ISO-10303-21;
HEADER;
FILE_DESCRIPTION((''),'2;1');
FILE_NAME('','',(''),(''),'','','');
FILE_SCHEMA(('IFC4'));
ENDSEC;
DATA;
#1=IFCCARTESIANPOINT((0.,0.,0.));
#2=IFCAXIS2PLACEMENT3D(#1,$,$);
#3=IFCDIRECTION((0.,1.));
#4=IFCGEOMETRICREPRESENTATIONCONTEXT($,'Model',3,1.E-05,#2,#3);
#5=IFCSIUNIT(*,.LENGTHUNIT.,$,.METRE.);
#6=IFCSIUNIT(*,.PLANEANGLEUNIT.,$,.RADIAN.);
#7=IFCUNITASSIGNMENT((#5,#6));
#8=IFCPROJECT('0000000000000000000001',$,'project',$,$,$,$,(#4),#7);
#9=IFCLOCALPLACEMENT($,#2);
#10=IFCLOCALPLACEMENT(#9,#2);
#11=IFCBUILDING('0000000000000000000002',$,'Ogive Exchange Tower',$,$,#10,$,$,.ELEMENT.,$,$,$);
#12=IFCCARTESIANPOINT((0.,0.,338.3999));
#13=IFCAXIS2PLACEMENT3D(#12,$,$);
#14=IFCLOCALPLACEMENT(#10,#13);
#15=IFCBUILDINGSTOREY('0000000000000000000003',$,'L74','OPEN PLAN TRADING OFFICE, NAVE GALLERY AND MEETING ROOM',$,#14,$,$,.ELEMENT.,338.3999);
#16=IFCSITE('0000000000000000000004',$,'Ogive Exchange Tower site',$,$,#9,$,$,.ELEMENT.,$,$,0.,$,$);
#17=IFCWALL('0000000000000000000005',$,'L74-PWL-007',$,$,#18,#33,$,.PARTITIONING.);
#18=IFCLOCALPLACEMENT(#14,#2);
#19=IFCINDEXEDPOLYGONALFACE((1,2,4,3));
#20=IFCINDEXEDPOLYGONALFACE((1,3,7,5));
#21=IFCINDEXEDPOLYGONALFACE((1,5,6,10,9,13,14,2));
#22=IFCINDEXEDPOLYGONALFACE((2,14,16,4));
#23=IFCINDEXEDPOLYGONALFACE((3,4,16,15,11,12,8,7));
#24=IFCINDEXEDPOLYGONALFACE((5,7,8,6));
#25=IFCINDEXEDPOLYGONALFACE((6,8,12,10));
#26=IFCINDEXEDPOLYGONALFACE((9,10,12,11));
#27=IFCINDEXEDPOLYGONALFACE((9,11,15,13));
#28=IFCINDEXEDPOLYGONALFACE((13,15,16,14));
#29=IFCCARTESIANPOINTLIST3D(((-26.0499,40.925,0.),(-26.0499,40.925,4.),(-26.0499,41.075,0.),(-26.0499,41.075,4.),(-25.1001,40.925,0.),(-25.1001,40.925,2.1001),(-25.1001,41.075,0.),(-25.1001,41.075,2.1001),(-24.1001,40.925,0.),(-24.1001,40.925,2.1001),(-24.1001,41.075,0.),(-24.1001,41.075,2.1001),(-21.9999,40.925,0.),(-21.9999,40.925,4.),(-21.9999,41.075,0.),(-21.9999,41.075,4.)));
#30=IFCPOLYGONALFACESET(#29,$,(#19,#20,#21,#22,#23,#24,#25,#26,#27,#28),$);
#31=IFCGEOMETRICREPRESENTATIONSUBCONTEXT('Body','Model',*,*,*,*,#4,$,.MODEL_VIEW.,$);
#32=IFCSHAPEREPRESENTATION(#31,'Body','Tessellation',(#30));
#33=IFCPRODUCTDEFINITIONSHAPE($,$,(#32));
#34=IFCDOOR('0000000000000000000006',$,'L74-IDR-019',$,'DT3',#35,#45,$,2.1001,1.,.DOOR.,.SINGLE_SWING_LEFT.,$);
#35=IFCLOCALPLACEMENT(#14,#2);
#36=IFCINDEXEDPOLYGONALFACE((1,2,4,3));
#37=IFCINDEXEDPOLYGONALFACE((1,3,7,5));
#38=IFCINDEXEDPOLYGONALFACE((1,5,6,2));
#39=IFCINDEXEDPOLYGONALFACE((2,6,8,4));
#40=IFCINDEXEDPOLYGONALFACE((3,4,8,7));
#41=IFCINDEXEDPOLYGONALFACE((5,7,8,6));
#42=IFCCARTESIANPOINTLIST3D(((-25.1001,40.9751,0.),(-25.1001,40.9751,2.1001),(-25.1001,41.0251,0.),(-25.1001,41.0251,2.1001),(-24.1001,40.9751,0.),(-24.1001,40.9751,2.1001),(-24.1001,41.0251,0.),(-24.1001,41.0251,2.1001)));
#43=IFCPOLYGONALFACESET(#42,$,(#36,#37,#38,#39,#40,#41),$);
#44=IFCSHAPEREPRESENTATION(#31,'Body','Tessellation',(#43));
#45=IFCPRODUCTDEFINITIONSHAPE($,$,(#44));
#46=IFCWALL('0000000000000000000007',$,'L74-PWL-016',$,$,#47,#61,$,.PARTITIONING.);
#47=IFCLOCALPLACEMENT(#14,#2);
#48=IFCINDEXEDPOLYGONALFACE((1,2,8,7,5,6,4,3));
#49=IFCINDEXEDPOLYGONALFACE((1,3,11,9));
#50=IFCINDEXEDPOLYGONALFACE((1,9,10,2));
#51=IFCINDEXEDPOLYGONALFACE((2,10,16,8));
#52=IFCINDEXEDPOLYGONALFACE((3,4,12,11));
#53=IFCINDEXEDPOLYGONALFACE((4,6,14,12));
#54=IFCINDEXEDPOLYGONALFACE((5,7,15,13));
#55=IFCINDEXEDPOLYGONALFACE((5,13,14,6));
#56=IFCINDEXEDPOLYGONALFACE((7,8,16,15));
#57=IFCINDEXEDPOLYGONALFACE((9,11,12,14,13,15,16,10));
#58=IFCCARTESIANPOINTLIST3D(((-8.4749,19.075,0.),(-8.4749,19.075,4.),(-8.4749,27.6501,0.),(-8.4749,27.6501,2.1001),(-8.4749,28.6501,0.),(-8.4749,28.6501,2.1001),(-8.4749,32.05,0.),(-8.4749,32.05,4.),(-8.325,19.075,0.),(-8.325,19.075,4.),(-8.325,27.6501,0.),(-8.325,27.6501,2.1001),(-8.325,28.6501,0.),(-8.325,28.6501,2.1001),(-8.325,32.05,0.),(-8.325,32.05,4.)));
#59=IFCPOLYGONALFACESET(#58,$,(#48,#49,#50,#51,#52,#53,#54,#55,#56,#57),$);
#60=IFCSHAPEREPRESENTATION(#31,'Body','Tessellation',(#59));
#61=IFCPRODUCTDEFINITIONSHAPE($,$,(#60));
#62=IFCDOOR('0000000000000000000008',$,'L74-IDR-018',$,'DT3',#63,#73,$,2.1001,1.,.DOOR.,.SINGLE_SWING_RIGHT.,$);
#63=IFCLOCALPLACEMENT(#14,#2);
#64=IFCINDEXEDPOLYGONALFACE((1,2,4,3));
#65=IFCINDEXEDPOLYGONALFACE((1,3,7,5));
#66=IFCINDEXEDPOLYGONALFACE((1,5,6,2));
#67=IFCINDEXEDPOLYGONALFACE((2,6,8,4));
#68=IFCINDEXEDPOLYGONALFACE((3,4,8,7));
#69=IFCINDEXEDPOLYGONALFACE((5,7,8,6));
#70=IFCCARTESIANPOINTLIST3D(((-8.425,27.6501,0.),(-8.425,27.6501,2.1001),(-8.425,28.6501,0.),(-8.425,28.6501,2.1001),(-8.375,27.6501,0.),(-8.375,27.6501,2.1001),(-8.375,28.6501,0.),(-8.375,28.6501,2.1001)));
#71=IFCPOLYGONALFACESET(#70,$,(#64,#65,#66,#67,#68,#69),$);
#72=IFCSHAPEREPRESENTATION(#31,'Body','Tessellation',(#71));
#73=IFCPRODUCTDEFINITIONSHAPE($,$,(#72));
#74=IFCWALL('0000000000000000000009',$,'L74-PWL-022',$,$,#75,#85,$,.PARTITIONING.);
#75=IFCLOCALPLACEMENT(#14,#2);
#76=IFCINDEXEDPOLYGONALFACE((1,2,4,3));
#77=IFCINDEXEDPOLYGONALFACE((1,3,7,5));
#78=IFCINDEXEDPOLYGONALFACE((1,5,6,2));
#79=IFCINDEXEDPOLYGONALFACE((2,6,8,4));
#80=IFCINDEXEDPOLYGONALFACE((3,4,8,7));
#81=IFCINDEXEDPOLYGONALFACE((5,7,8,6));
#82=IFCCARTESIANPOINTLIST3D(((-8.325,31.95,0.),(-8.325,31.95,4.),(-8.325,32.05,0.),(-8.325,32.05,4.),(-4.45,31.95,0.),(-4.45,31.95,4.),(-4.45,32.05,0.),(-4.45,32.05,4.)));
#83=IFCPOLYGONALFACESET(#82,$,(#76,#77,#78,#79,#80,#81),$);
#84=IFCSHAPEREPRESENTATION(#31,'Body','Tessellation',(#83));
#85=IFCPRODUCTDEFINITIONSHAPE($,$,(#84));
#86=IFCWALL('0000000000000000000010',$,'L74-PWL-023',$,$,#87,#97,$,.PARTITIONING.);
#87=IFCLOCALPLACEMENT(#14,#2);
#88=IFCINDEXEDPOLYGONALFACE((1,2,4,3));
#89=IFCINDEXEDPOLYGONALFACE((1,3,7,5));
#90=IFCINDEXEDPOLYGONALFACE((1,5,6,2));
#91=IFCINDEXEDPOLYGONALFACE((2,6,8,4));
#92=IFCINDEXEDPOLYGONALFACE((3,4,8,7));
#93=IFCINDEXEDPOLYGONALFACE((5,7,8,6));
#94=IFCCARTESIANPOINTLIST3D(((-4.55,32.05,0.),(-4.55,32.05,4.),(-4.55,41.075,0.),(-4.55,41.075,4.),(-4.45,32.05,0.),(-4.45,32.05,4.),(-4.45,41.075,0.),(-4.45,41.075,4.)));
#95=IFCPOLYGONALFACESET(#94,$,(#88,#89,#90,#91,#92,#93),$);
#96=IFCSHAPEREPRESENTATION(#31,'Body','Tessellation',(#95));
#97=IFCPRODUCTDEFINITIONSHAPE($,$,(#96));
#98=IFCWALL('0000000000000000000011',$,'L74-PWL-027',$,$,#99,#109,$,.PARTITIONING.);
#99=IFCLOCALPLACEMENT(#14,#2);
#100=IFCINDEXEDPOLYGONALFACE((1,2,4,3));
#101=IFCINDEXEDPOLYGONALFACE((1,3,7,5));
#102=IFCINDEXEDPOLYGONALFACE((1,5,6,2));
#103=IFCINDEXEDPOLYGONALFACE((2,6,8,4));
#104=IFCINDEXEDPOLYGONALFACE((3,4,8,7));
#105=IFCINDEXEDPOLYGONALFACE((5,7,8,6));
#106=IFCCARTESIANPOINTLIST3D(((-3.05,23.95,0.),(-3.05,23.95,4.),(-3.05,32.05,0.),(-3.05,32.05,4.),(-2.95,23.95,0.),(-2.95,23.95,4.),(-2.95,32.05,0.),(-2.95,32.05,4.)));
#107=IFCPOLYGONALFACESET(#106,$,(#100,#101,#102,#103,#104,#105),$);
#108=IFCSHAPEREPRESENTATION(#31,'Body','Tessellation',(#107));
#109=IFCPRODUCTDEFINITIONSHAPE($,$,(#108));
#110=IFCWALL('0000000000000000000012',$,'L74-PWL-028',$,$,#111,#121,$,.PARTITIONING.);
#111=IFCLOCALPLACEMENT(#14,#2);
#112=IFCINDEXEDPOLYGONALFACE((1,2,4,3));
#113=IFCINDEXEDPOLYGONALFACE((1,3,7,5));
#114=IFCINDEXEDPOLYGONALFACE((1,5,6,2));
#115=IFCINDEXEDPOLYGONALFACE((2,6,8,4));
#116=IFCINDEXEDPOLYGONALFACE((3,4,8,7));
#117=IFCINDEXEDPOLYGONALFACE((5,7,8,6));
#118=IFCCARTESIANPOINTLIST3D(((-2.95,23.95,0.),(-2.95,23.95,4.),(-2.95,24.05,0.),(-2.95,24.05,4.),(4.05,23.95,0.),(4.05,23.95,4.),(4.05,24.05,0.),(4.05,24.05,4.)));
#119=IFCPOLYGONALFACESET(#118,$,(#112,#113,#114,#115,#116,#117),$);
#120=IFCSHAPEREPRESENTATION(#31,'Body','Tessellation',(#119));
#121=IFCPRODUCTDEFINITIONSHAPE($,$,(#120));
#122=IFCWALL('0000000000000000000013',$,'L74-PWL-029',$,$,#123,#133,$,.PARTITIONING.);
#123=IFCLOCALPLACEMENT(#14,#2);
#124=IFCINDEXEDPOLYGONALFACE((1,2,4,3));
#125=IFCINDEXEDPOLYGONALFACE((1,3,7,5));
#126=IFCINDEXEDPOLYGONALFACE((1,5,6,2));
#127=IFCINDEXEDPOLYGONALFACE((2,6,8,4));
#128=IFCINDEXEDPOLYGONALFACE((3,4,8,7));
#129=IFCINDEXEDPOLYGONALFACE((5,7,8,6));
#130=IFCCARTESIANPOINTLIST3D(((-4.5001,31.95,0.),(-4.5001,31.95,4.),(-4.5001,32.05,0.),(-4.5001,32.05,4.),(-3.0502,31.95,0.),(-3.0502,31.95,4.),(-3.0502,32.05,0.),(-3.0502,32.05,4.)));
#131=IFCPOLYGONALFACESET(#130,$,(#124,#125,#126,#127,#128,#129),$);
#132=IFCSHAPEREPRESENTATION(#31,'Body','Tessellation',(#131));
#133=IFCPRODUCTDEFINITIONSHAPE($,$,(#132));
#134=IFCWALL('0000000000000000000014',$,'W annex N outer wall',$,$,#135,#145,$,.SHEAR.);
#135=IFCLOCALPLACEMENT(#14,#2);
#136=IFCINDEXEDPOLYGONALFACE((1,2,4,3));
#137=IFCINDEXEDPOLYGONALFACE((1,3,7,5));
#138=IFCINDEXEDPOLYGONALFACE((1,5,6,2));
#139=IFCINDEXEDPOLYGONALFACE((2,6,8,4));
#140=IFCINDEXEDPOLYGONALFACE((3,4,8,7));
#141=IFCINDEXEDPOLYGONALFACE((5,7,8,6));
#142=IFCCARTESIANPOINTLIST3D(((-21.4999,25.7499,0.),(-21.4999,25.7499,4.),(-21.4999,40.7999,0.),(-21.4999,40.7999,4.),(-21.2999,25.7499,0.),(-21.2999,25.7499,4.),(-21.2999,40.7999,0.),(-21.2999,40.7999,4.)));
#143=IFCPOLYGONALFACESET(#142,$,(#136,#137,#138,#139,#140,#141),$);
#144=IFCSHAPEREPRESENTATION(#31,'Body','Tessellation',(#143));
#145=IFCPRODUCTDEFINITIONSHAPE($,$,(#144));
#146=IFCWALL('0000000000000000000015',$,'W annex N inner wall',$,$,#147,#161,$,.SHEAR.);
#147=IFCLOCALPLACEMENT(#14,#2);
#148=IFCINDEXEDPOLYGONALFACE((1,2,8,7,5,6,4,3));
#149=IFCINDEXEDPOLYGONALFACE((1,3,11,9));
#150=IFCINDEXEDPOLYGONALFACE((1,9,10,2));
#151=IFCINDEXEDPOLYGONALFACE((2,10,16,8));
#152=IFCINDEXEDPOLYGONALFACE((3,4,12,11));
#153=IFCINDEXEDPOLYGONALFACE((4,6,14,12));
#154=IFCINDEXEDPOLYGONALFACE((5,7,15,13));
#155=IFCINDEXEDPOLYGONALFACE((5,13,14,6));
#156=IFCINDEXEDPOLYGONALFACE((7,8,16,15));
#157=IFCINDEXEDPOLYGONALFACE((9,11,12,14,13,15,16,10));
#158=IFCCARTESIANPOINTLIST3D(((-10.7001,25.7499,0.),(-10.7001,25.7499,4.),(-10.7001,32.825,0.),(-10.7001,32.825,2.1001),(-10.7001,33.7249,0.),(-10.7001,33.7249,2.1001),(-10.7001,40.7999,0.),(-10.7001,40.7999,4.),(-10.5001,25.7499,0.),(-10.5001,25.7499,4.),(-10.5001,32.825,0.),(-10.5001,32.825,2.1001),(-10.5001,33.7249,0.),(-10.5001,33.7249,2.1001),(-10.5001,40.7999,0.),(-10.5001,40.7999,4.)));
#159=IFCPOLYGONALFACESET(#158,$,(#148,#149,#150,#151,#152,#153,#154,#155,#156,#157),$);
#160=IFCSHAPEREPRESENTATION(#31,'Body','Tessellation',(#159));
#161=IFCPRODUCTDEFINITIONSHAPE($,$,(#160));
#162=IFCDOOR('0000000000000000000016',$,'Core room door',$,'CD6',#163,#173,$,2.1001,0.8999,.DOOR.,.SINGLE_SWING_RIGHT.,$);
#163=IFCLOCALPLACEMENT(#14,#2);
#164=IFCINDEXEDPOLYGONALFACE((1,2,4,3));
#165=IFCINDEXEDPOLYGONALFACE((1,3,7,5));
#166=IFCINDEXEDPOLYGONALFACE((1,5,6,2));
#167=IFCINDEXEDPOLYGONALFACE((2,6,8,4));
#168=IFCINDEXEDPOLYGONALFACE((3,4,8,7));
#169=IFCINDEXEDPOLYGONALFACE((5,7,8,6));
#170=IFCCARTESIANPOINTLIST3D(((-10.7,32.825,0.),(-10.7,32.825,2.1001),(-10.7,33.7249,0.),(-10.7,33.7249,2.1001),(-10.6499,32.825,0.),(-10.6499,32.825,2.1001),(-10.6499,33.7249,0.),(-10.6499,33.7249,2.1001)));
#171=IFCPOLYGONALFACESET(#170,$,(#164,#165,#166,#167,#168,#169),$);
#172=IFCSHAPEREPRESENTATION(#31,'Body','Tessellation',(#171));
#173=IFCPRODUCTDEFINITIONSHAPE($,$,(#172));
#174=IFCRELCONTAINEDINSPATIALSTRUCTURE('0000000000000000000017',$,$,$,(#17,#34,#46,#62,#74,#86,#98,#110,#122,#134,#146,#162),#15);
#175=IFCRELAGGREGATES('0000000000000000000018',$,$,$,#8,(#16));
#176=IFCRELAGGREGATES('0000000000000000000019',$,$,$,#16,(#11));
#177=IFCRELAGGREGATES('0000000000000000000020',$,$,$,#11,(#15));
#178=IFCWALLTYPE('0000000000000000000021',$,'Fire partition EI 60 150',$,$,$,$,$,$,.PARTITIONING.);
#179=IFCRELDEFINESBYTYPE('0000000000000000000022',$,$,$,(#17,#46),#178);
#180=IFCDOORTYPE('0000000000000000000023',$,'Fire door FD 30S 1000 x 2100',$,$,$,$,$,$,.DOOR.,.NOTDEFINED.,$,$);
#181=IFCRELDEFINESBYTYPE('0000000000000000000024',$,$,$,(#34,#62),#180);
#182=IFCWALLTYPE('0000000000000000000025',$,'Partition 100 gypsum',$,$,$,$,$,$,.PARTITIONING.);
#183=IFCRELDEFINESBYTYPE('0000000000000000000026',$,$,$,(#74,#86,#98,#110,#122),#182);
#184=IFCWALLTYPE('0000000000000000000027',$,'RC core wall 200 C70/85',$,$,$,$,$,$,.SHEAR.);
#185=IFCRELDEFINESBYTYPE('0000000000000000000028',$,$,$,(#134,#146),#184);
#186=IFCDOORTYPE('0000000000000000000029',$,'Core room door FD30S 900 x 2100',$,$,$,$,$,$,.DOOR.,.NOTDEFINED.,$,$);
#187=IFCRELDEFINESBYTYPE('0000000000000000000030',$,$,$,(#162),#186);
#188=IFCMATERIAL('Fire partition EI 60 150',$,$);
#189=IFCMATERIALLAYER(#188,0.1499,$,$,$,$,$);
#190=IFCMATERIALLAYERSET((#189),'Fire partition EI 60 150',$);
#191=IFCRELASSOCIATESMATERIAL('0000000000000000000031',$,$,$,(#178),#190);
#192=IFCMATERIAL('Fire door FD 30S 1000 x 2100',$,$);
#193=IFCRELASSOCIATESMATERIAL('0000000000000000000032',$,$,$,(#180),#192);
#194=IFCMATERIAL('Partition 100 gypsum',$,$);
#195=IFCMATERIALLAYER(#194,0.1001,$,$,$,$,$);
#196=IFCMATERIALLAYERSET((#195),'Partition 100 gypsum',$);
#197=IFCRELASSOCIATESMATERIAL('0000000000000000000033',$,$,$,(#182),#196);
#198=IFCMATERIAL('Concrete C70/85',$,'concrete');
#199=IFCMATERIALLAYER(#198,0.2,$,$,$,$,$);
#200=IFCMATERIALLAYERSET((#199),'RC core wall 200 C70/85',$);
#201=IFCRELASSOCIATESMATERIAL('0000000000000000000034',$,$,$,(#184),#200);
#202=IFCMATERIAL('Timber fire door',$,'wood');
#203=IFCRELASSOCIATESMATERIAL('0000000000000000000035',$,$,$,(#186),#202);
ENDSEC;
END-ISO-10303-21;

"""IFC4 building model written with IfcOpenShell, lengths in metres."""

from ifc_helpers import new_model, si_unit, direction, frame, frame_2d, origin, place, context, subcontext, project, spatial, rectangle, extrude, material, layer, layer_set, type_object, element, fill, save


model = new_model("IFC4")

# Units and contexts
model_context = context("Model", 3, precision=1e-05, world=origin(), true_north=direction((0.0, 1.0)))
body_context = subcontext(model_context, "Body", "Model", "MODEL_VIEW")
ifc_project = project(units=[si_unit("LENGTHUNIT", "METRE"), si_unit("PLANEANGLEUNIT", "RADIAN")], contexts=[model_context])

# Site, building, storey
site_placement = place(None, origin())
site = spatial("IfcSite", under=ifc_project, at=site_placement, Name="Ogive Exchange Tower site", CompositionType="ELEMENT", RefElevation=0.0)
building_placement = place(site_placement, origin())
building = spatial("IfcBuilding", under=site, at=building_placement, Name="Ogive Exchange Tower", CompositionType="ELEMENT")
storey_placement = place(building_placement, frame((0.0, 0.0, 338.3999)))
storey = spatial("IfcBuildingStorey", under=building, at=storey_placement, Name="L74", Description="OPEN PLAN TRADING OFFICE, NAVE GALLERY AND MEETING ROOM", CompositionType="ELEMENT", Elevation=338.3999)

# Walls, openings, doors
ifc_material_1 = material(Name="Fire partition EI 60 150")
ifc_layer_1 = layer(ifc_material_1, 0.1499)
ifc_layer_set_1 = layer_set([ifc_layer_1], Name="Fire partition EI 60 150")
wall_type_1 = type_object("IfcWallType", Name="Fire partition EI 60 150", PredefinedType="PARTITIONING", material=ifc_layer_set_1)
wall_1_placement = place(storey_placement, frame((-22.0, 41.0, 0.0), z_axis=(0.0, 0.0, 1.0), x_axis=(-1.0, 0.0, 0.0)))
wall_1 = element("IfcWall", 1, at=wall_1_placement, inside=storey, type_object=wall_type_1, Name="L74-PWL-007", PredefinedType="PARTITIONING", context=body_context, shape_type="SweptSolid", body=[
    extrude(rectangle(XDim=4.05, YDim=0.1499, at=frame_2d((2.0249, 0.0))), origin(), (0.0, 0.0, 1.0), 4.0),
])
opening_1_placement = place(wall_1_placement, frame((2.1001, 0.0, 0.0)))
opening_1 = element("IfcOpeningElement", 2, at=opening_1_placement, cuts=wall_1, PredefinedType="OPENING", context=body_context, shape_type="SweptSolid", body=[
    extrude(rectangle(XDim=1.0, YDim=2.1001, at=frame_2d((0.5, 1.05))), frame((0.0, 0.085, 0.0), z_axis=(0.0, -1.0, 0.0), x_axis=(1.0, 0.0, 0.0)), (0.0, 0.0, 1.0), 0.1699),
])
ifc_material_2 = material(Name="Fire door FD 30S 1000 x 2100")
door_type_1 = type_object("IfcDoorType", Name="Fire door FD 30S 1000 x 2100", OperationType="NOTDEFINED", PredefinedType="DOOR", material=ifc_material_2)
door_1_placement = place(opening_1_placement, origin())
door_1 = element("IfcDoor", 3, at=door_1_placement, inside=storey, type_object=door_type_1, Name="L74-IDR-019", ObjectType="DT3", OperationType="SINGLE_SWING_LEFT", OverallHeight=2.1001, OverallWidth=1.0, PredefinedType="DOOR", context=body_context, shape_type="SweptSolid", body=[
    extrude(rectangle(XDim=1.0, YDim=2.1001, at=frame_2d((0.5, 1.05))), frame((0.0, 0.0249, 0.0), z_axis=(0.0, -1.0, 0.0), x_axis=(1.0, 0.0, 0.0)), (0.0, 0.0, 1.0), 0.05),
])
fill(opening_1, door_1)
wall_2_placement = place(storey_placement, frame((-8.3999, 32.05, 0.0), z_axis=(0.0, 0.0, 1.0), x_axis=(0.0, -1.0, 0.0)))
wall_2 = element("IfcWall", 4, at=wall_2_placement, inside=storey, type_object=wall_type_1, Name="L74-PWL-016", PredefinedType="PARTITIONING", context=body_context, shape_type="SweptSolid", body=[
    extrude(rectangle(XDim=12.9751, YDim=0.1499, at=frame_2d((6.4875, 0.0))), origin(), (0.0, 0.0, 1.0), 4.0),
])
opening_2_placement = place(wall_2_placement, frame((3.3999, 0.0, 0.0)))
opening_2 = element("IfcOpeningElement", 5, at=opening_2_placement, cuts=wall_2, PredefinedType="OPENING", context=body_context, shape_type="SweptSolid", body=[
    extrude(rectangle(XDim=1.0, YDim=2.1001, at=frame_2d((0.5, 1.05))), frame((0.0, 0.085, 0.0), z_axis=(0.0, -1.0, 0.0), x_axis=(1.0, 0.0, 0.0)), (0.0, 0.0, 1.0), 0.1699),
])
door_2_placement = place(opening_2_placement, origin())
door_2 = element("IfcDoor", 6, at=door_2_placement, inside=storey, type_object=door_type_1, Name="L74-IDR-018", ObjectType="DT3", OperationType="SINGLE_SWING_RIGHT", OverallHeight=2.1001, OverallWidth=1.0, PredefinedType="DOOR", context=body_context, shape_type="SweptSolid", body=[
    extrude(rectangle(XDim=1.0, YDim=2.1001, at=frame_2d((0.5, 1.05))), frame((0.0, 0.0249, 0.0), z_axis=(0.0, -1.0, 0.0), x_axis=(1.0, 0.0, 0.0)), (0.0, 0.0, 1.0), 0.05),
])
fill(opening_2, door_2)

# Walls
ifc_material_3 = material(Name="Partition 100 gypsum")
ifc_layer_2 = layer(ifc_material_3, 0.1001)
ifc_layer_set_2 = layer_set([ifc_layer_2], Name="Partition 100 gypsum")
wall_type_2 = type_object("IfcWallType", Name="Partition 100 gypsum", PredefinedType="PARTITIONING", material=ifc_layer_set_2)
wall_3_placement = place(storey_placement, frame((-4.45, 32.0, 0.0), z_axis=(0.0, 0.0, 1.0), x_axis=(-1.0, 0.0, 0.0)))
element("IfcWall", 7, at=wall_3_placement, inside=storey, type_object=wall_type_2, Name="L74-PWL-022", PredefinedType="PARTITIONING", context=body_context, shape_type="SweptSolid", body=[
    extrude(rectangle(XDim=3.875, YDim=0.1001, at=frame_2d((1.9375, 0.0))), origin(), (0.0, 0.0, 1.0), 4.0),
])
wall_4_placement = place(storey_placement, frame((-4.5, 32.05, 0.0), z_axis=(0.0, 0.0, 1.0), x_axis=(0.0, 1.0, 0.0)))
element("IfcWall", 8, at=wall_4_placement, inside=storey, type_object=wall_type_2, Name="L74-PWL-023", PredefinedType="PARTITIONING", context=body_context, shape_type="SweptSolid", body=[
    extrude(rectangle(XDim=9.0249, YDim=0.1001, at=frame_2d((4.5125, 0.0))), origin(), (0.0, 0.0, 1.0), 4.0),
])
wall_5_placement = place(storey_placement, frame((-3.0, 23.95, 0.0), z_axis=(0.0, 0.0, 1.0), x_axis=(0.0, 1.0, 0.0)))
element("IfcWall", 9, at=wall_5_placement, inside=storey, type_object=wall_type_2, Name="L74-PWL-027", PredefinedType="PARTITIONING", context=body_context, shape_type="SweptSolid", body=[
    extrude(rectangle(XDim=8.1001, YDim=0.1001, at=frame_2d((4.05, 0.0))), origin(), (0.0, 0.0, 1.0), 4.0),
])
wall_6_placement = place(storey_placement, frame((-2.95, 24.0, 0.0), z_axis=(0.0, 0.0, 1.0), x_axis=(1.0, 0.0, 0.0)))
element("IfcWall", 10, at=wall_6_placement, inside=storey, type_object=wall_type_2, Name="L74-PWL-028", PredefinedType="PARTITIONING", context=body_context, shape_type="SweptSolid", body=[
    extrude(rectangle(XDim=7.0, YDim=0.1001, at=frame_2d((3.5, 0.0))), origin(), (0.0, 0.0, 1.0), 4.0),
])
wall_7_placement = place(storey_placement, frame((-3.05, 32.0, 0.0), z_axis=(0.0, 0.0, 1.0), x_axis=(-1.0, 0.0, 0.0)))
element("IfcWall", 11, at=wall_7_placement, inside=storey, type_object=wall_type_2, Name="L74-PWL-029", PredefinedType="PARTITIONING", context=body_context, shape_type="SweptSolid", body=[
    extrude(rectangle(XDim=1.45, YDim=0.1001, at=frame_2d((0.7251, 0.0))), origin(), (0.0, 0.0, 1.0), 4.0),
])
ifc_material_4 = material(Name="Concrete C70/85", Category="concrete")
ifc_layer_3 = layer(ifc_material_4, 0.2)
ifc_layer_set_3 = layer_set([ifc_layer_3], Name="RC core wall 200 C70/85")
wall_type_3 = type_object("IfcWallType", Name="RC core wall 200 C70/85", PredefinedType="SHEAR", material=ifc_layer_set_3)
wall_8_placement = place(storey_placement, frame((-21.3999, 25.75, 0.0), z_axis=(0.0, 0.0, 1.0), x_axis=(0.0, 1.0, 0.0)))
element("IfcWall", 12, at=wall_8_placement, inside=storey, type_object=wall_type_3, Name="W annex N outer wall", PredefinedType="SHEAR", context=body_context, shape_type="SweptSolid", body=[
    extrude(rectangle(XDim=15.05, YDim=0.2, at=frame_2d((7.5249, 0.0))), origin(), (0.0, 0.0, 1.0), 4.0),
])

# Wall, opening, door
wall_9_placement = place(storey_placement, frame((-10.6001, 25.75, 0.0), z_axis=(0.0, 0.0, 1.0), x_axis=(0.0, 1.0, 0.0)))
wall_9 = element("IfcWall", 13, at=wall_9_placement, inside=storey, type_object=wall_type_3, Name="W annex N inner wall", PredefinedType="SHEAR", context=body_context, shape_type="SweptSolid", body=[
    extrude(rectangle(XDim=15.05, YDim=0.2, at=frame_2d((7.5249, 0.0))), origin(), (0.0, 0.0, 1.0), 4.0),
])
opening_3_placement = place(wall_9_placement, frame((7.075, 0.0, 0.0)))
opening_3 = element("IfcOpeningElement", 14, at=opening_3_placement, cuts=wall_9, PredefinedType="OPENING", context=body_context, shape_type="SweptSolid", body=[
    extrude(rectangle(XDim=0.8999, YDim=2.1001, at=frame_2d((0.45, 1.05))), frame((0.0, 0.1099, 0.0), z_axis=(0.0, -1.0, 0.0), x_axis=(1.0, 0.0, 0.0)), (0.0, 0.0, 1.0), 0.22),
])
ifc_material_5 = material(Name="Timber fire door", Category="wood")
door_type_2 = type_object("IfcDoorType", Name="Core room door FD30S 900 x 2100", OperationType="NOTDEFINED", PredefinedType="DOOR", material=ifc_material_5)
door_3_placement = place(opening_3_placement, frame((0.8999, 0.1499, 0.0), z_axis=(0.0, 0.0, 1.0), x_axis=(-1.0, 0.0, 0.0)))
door_3 = element("IfcDoor", 15, at=door_3_placement, inside=storey, type_object=door_type_2, Name="Core room door", ObjectType="CD6", OperationType="SINGLE_SWING_RIGHT", OverallHeight=2.1001, OverallWidth=0.8999, PredefinedType="DOOR", context=body_context, shape_type="SweptSolid", body=[
    extrude(rectangle(XDim=0.8999, YDim=2.1001, at=frame_2d((0.45, 1.05))), frame((0.0, 0.1001, 0.0), z_axis=(0.0, -1.0, 0.0), x_axis=(1.0, 0.0, 0.0)), (0.0, 0.0, 1.0), 0.05),
])
fill(opening_3, door_3)

save(model, "model.ifc")
